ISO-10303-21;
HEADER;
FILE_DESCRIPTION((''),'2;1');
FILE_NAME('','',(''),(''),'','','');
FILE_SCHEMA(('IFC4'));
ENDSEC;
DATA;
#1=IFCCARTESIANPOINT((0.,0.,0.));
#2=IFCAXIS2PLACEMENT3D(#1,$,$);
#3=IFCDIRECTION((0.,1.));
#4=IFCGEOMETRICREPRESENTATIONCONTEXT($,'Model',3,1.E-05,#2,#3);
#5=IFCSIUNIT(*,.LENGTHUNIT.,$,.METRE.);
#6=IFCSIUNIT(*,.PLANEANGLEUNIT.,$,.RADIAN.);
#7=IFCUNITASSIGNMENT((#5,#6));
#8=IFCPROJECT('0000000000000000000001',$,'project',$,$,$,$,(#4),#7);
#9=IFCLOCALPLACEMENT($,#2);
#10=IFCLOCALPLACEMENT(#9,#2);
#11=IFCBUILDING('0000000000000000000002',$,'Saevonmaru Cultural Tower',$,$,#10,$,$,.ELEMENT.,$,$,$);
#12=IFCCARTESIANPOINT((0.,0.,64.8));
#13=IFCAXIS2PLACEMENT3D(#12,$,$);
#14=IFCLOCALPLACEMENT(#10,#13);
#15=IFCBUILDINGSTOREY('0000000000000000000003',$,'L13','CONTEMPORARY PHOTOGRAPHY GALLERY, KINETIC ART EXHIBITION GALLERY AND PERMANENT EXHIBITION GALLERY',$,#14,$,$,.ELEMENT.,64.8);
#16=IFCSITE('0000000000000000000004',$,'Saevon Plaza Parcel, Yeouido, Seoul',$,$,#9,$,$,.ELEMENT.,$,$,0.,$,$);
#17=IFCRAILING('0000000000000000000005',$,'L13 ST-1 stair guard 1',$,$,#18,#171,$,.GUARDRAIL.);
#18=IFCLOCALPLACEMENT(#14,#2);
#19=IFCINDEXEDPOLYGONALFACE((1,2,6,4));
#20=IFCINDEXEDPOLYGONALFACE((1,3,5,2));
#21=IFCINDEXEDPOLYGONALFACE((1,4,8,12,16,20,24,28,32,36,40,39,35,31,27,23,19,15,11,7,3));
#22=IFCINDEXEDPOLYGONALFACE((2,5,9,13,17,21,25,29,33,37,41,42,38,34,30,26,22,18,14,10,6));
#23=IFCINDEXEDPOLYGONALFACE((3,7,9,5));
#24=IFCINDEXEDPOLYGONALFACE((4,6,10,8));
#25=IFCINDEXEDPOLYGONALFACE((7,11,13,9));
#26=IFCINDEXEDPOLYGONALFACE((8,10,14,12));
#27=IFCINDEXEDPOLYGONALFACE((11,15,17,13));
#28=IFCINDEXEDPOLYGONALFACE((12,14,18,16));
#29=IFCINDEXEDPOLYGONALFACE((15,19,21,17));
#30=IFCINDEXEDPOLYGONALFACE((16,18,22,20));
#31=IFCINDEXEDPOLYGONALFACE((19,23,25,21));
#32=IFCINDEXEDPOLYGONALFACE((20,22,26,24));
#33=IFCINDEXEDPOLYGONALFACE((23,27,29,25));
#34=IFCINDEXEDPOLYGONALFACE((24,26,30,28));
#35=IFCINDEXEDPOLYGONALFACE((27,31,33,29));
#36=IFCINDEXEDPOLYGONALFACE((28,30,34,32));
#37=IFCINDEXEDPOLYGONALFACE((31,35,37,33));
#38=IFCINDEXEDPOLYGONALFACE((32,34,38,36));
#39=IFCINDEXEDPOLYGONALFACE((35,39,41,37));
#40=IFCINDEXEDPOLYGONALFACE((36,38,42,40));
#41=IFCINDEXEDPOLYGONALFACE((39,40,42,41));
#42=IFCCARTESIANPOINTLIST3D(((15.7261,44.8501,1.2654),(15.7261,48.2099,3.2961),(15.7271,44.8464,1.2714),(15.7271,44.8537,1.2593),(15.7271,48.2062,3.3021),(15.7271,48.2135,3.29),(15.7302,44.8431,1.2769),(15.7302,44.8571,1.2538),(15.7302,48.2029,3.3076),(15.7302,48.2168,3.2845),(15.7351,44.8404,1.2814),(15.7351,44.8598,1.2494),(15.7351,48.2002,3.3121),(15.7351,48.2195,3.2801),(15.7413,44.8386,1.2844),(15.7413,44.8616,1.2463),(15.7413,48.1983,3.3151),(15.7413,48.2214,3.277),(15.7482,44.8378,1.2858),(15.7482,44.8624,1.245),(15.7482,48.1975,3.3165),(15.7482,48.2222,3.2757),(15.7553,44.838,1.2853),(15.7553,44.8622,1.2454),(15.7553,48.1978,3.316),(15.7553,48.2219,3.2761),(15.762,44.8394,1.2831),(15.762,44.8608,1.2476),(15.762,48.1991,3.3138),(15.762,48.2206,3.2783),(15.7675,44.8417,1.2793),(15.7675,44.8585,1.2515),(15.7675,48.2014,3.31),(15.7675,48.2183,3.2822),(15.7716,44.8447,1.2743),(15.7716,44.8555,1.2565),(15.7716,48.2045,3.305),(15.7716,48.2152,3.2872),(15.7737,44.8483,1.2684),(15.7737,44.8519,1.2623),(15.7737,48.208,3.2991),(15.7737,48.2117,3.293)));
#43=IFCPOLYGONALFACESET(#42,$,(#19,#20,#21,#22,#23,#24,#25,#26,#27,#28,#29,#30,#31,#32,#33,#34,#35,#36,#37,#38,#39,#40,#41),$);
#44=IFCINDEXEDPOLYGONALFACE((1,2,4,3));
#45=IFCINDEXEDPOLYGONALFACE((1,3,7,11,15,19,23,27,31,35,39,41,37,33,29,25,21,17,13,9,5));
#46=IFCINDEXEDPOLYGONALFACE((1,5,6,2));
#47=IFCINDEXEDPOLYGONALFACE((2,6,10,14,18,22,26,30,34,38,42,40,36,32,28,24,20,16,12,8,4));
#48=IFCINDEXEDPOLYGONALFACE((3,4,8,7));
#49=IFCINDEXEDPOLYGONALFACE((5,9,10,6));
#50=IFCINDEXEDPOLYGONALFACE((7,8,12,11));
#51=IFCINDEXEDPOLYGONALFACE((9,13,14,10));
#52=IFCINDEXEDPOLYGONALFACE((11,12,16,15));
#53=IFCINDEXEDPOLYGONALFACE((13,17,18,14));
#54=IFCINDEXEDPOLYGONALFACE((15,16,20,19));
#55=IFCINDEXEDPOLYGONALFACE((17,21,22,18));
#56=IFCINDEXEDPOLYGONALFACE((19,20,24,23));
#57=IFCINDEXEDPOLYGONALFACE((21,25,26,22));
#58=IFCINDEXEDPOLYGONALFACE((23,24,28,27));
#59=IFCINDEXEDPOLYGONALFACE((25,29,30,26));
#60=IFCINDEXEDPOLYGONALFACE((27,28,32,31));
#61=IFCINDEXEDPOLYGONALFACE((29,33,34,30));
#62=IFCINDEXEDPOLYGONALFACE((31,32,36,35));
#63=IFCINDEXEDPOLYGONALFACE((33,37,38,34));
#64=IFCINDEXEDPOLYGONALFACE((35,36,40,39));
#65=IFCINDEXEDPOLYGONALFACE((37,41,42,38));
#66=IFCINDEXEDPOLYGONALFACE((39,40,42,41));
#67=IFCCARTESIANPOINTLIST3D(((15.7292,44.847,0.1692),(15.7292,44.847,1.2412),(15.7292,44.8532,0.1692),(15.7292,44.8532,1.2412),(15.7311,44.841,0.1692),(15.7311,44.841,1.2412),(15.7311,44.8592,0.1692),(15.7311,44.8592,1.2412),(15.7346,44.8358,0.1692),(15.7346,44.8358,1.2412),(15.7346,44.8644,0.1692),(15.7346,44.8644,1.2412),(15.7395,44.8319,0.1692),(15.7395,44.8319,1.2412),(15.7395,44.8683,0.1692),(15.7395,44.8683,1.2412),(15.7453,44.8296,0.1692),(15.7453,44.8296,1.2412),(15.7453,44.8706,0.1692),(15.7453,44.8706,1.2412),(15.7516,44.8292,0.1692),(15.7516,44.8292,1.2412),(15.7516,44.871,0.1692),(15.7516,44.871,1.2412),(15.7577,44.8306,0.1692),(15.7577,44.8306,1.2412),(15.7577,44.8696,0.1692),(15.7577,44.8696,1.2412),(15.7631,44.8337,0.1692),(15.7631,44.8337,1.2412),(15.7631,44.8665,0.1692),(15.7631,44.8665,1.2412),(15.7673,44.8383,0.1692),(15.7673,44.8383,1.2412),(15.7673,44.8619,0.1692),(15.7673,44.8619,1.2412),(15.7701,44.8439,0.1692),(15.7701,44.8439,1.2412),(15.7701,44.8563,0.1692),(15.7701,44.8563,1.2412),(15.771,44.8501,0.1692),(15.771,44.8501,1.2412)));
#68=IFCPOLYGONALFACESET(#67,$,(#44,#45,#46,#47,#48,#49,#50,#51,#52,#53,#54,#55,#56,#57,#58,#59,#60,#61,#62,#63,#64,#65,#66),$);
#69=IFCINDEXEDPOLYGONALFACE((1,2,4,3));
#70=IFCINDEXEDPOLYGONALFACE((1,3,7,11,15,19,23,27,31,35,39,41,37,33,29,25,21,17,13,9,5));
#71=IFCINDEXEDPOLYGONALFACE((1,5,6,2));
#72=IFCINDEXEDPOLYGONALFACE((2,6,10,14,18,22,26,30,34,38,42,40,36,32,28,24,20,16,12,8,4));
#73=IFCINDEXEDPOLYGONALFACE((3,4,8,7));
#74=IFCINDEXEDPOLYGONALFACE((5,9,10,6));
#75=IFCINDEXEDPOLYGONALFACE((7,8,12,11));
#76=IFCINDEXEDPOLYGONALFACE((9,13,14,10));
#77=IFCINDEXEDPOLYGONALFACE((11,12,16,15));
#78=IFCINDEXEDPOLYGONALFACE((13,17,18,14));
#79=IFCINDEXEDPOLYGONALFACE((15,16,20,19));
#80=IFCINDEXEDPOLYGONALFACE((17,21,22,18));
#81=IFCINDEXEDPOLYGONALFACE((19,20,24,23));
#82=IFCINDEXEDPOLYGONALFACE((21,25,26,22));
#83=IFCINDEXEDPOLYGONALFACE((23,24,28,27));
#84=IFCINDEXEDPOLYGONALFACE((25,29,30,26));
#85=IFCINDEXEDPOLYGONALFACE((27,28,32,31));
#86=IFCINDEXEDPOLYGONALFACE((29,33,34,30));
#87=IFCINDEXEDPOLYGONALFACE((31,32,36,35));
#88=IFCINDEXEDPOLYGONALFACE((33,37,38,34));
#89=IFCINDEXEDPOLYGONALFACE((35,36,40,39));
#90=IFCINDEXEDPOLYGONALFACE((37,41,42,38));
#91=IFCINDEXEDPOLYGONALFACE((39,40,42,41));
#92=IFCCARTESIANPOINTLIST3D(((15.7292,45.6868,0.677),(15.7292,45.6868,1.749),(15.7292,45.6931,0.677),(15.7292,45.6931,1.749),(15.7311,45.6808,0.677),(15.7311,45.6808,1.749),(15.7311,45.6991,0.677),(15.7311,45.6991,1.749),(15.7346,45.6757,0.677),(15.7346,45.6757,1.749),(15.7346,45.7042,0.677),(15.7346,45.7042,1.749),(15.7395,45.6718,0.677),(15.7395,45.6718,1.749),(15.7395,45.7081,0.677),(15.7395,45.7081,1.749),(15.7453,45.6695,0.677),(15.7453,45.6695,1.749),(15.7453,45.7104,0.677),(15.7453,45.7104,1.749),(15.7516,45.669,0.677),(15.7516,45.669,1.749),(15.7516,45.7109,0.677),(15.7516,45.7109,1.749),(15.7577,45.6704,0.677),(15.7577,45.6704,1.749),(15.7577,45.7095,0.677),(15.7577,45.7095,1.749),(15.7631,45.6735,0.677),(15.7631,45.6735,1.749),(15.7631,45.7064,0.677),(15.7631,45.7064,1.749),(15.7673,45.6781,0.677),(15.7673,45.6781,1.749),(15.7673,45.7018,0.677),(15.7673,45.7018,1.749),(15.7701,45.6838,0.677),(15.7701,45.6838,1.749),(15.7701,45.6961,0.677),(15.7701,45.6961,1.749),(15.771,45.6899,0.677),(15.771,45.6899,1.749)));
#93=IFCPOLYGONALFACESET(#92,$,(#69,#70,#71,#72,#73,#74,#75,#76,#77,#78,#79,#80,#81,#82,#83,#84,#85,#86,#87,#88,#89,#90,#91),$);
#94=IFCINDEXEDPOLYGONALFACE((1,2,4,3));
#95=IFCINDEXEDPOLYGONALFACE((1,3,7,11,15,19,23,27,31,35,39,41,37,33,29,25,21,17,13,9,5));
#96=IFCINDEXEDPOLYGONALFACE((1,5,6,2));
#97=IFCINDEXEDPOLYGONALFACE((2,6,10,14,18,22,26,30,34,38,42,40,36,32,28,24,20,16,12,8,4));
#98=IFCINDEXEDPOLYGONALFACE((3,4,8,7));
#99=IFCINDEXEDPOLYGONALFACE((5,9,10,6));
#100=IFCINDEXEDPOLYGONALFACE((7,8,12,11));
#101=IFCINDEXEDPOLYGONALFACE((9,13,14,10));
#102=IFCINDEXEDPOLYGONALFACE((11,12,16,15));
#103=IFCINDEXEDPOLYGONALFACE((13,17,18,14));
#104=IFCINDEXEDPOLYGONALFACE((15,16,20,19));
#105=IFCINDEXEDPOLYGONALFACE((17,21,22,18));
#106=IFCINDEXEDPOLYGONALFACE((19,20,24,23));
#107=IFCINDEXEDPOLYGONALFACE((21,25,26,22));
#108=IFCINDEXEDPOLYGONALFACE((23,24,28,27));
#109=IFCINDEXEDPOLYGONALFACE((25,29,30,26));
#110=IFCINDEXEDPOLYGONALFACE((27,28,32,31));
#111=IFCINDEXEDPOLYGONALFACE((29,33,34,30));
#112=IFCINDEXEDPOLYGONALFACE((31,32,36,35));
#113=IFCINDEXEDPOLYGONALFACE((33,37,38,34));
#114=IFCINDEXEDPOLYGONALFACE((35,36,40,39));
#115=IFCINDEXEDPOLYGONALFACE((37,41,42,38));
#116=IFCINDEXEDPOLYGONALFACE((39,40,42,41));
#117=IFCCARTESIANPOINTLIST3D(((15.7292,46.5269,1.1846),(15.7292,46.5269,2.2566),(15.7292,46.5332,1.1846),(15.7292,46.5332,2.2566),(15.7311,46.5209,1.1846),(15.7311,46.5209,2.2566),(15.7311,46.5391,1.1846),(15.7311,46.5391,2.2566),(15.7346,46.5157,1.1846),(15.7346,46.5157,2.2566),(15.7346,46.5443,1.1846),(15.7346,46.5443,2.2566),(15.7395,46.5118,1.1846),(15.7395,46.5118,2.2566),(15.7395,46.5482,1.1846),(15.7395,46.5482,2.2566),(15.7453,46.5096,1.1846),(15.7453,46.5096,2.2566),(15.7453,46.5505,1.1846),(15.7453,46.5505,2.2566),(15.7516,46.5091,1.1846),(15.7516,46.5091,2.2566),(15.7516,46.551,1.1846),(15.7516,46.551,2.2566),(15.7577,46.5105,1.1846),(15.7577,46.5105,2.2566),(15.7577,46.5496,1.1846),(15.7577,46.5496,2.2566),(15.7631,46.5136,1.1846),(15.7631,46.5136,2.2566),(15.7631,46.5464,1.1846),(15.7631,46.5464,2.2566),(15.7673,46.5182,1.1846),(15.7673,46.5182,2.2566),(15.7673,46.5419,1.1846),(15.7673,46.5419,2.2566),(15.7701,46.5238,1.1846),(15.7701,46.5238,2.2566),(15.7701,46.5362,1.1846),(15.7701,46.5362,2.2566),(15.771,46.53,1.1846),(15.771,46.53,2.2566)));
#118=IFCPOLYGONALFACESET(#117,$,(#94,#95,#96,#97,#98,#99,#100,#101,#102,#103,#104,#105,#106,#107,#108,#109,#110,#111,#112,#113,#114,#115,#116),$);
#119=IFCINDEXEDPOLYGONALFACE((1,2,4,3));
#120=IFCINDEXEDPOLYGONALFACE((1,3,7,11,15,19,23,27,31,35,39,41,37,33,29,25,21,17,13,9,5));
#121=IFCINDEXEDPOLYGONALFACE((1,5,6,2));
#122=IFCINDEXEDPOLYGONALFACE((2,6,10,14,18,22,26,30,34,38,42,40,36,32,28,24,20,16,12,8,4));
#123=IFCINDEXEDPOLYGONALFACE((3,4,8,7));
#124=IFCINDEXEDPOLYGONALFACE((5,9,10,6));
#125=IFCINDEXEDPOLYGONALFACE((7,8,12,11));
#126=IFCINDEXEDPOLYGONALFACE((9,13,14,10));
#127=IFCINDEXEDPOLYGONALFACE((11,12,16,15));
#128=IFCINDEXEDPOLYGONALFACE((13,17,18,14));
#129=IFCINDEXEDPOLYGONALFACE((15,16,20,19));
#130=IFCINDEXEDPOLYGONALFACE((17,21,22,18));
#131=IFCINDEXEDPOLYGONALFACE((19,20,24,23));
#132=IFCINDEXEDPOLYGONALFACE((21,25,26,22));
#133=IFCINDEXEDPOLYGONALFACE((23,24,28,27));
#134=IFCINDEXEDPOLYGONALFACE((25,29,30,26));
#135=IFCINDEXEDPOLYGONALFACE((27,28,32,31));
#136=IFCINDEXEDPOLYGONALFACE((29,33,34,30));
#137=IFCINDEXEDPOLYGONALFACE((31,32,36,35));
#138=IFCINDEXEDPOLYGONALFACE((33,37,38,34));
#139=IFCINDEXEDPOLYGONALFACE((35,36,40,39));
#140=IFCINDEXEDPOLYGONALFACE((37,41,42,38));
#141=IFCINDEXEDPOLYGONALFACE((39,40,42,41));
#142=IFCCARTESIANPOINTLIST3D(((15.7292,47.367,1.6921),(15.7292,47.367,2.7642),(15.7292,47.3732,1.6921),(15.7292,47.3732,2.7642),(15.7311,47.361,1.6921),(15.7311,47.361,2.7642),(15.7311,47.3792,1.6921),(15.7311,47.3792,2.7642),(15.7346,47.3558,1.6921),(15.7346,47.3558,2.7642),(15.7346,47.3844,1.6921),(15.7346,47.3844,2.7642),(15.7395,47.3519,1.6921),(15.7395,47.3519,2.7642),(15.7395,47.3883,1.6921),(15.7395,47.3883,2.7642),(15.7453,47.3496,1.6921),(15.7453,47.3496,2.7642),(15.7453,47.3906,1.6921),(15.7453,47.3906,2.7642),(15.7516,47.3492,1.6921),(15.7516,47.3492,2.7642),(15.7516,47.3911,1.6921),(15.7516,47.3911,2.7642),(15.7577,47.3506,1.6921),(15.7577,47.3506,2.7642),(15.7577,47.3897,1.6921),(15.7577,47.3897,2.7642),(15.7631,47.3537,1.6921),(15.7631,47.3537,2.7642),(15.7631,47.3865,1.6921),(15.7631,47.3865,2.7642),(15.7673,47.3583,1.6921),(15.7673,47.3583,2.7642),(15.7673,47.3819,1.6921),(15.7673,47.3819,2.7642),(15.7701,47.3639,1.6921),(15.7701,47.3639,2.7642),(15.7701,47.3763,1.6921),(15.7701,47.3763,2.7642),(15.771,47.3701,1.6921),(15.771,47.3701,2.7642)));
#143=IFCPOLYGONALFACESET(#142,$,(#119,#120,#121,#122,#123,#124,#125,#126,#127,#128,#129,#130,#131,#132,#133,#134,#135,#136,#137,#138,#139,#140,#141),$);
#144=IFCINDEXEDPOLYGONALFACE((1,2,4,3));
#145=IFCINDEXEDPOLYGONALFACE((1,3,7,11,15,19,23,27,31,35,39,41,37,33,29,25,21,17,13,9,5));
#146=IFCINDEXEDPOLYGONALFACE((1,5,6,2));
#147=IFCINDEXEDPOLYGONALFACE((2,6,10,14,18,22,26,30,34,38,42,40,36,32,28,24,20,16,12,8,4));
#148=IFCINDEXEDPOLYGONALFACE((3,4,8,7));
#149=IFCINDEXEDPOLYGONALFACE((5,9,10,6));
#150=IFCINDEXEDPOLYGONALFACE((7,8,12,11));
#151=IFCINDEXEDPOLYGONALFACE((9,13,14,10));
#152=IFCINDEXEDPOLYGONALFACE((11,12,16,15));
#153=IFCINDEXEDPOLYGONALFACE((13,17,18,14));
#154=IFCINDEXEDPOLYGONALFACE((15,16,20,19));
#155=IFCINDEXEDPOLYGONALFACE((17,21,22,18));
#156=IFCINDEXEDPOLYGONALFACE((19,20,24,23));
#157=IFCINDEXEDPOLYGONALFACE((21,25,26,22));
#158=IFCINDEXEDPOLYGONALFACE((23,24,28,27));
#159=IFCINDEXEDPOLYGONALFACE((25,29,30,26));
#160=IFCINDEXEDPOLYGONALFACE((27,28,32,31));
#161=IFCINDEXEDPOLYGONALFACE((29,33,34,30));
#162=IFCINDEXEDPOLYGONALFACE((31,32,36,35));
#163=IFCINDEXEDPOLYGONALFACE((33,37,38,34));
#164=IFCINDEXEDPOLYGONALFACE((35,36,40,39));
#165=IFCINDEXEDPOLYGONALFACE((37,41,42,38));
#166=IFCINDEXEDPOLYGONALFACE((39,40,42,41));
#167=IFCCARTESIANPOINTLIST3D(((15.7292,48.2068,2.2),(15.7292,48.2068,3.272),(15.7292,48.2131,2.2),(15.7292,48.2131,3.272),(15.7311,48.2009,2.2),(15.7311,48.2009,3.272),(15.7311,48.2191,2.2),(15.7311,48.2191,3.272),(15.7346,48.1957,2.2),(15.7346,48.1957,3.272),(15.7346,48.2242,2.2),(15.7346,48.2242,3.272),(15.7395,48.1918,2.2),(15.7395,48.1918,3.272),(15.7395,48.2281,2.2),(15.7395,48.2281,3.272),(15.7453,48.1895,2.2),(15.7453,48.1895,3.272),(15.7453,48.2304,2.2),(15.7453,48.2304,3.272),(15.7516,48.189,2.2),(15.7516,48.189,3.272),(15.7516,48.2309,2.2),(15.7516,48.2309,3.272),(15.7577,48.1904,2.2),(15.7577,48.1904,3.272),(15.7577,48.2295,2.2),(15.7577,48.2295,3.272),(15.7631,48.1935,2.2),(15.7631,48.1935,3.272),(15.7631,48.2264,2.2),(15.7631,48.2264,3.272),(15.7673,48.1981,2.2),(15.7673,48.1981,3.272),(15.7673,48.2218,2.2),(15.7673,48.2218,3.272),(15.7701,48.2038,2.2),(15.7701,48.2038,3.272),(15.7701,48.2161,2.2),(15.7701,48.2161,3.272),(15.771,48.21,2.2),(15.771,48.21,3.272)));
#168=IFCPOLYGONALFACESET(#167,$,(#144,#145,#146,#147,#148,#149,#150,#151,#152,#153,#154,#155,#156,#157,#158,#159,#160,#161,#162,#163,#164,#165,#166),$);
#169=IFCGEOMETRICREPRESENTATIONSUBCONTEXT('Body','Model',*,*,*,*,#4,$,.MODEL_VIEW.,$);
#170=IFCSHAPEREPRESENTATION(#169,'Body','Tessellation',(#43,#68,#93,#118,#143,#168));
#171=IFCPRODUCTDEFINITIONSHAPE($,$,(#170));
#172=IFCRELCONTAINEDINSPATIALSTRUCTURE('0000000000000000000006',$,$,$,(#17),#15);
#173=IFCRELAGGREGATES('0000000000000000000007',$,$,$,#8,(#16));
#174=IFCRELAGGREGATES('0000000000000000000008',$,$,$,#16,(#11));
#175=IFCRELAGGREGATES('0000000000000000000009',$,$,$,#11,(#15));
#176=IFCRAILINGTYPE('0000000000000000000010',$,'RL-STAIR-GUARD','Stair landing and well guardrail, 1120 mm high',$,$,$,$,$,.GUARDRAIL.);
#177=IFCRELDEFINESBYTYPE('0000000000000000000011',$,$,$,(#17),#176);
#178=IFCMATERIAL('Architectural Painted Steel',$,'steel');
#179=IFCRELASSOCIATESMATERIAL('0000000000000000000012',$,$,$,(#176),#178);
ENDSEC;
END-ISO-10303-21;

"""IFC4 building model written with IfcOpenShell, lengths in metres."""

from ifc_helpers import new_model, si_unit, direction, frame, origin, origin_2d, place, context, subcontext, project, spatial, circle, extrude, material, type_object, element, save


model = new_model("IFC4")

# Units and contexts
model_context = context("Model", 3, precision=1e-05, world=origin(), true_north=direction((0.0, 1.0)))
body_context = subcontext(model_context, "Body", "Model", "MODEL_VIEW")
ifc_project = project(units=[si_unit("LENGTHUNIT", "METRE"), si_unit("PLANEANGLEUNIT", "RADIAN")], contexts=[model_context])

# Site, building, storey
site_placement = place(None, origin())
site = spatial("IfcSite", under=ifc_project, at=site_placement, Name="Saevon Plaza Parcel, Yeouido, Seoul", CompositionType="ELEMENT", RefElevation=0.0)
building_placement = place(site_placement, origin())
building = spatial("IfcBuilding", under=site, at=building_placement, Name="Saevonmaru Cultural Tower", CompositionType="ELEMENT")
storey_placement = place(building_placement, frame((0.0, 0.0, 64.8)))
storey = spatial("IfcBuildingStorey", under=building, at=storey_placement, Name="L13", Description="CONTEMPORARY PHOTOGRAPHY GALLERY, KINETIC ART EXHIBITION GALLERY AND PERMANENT EXHIBITION GALLERY", CompositionType="ELEMENT", Elevation=64.8)

# Railing
ifc_material_1 = material(Name="Architectural Painted Steel", Category="steel")
railing_type_1 = type_object("IfcRailingType", Name="RL-STAIR-GUARD", Description="Stair landing and well guardrail, 1120 mm high", PredefinedType="GUARDRAIL", material=ifc_material_1)
railing_1_placement = place(storey_placement, frame((15.75, 44.8501, 0.1692)))
element("IfcRailing", 1, at=railing_1_placement, inside=storey, type_object=railing_type_1, Name="L13 ST-1 stair guard 1", PredefinedType="GUARDRAIL", context=body_context, shape_type="SweptSolid", body=[
    extrude(circle(Radius=0.0239, at=origin_2d()), frame((0.0, 0.0, 1.0962), z_axis=(0.0, 0.85582, 0.517273), x_axis=(-1.0, 0.0, 0.0)), (0.0, 0.0, 1.0), 3.9258),
    extrude(circle(Radius=0.021, at=origin_2d()), origin(), (0.0, 0.0, 1.0), 1.072),
    extrude(circle(Radius=0.021, at=origin_2d()), frame((0.0, 0.8398, 0.5078)), (0.0, 0.0, 1.0), 1.072),
    extrude(circle(Radius=0.021, at=origin_2d()), frame((0.0, 1.6799, 1.0154)), (0.0, 0.0, 1.0), 1.072),
    extrude(circle(Radius=0.021, at=origin_2d()), frame((0.0, 2.52, 1.5229)), (0.0, 0.0, 1.0), 1.072),
    extrude(circle(Radius=0.021, at=origin_2d()), frame((0.0, 3.3599, 2.0308)), (0.0, 0.0, 1.0), 1.072),
])

save(model, "model.ifc")
